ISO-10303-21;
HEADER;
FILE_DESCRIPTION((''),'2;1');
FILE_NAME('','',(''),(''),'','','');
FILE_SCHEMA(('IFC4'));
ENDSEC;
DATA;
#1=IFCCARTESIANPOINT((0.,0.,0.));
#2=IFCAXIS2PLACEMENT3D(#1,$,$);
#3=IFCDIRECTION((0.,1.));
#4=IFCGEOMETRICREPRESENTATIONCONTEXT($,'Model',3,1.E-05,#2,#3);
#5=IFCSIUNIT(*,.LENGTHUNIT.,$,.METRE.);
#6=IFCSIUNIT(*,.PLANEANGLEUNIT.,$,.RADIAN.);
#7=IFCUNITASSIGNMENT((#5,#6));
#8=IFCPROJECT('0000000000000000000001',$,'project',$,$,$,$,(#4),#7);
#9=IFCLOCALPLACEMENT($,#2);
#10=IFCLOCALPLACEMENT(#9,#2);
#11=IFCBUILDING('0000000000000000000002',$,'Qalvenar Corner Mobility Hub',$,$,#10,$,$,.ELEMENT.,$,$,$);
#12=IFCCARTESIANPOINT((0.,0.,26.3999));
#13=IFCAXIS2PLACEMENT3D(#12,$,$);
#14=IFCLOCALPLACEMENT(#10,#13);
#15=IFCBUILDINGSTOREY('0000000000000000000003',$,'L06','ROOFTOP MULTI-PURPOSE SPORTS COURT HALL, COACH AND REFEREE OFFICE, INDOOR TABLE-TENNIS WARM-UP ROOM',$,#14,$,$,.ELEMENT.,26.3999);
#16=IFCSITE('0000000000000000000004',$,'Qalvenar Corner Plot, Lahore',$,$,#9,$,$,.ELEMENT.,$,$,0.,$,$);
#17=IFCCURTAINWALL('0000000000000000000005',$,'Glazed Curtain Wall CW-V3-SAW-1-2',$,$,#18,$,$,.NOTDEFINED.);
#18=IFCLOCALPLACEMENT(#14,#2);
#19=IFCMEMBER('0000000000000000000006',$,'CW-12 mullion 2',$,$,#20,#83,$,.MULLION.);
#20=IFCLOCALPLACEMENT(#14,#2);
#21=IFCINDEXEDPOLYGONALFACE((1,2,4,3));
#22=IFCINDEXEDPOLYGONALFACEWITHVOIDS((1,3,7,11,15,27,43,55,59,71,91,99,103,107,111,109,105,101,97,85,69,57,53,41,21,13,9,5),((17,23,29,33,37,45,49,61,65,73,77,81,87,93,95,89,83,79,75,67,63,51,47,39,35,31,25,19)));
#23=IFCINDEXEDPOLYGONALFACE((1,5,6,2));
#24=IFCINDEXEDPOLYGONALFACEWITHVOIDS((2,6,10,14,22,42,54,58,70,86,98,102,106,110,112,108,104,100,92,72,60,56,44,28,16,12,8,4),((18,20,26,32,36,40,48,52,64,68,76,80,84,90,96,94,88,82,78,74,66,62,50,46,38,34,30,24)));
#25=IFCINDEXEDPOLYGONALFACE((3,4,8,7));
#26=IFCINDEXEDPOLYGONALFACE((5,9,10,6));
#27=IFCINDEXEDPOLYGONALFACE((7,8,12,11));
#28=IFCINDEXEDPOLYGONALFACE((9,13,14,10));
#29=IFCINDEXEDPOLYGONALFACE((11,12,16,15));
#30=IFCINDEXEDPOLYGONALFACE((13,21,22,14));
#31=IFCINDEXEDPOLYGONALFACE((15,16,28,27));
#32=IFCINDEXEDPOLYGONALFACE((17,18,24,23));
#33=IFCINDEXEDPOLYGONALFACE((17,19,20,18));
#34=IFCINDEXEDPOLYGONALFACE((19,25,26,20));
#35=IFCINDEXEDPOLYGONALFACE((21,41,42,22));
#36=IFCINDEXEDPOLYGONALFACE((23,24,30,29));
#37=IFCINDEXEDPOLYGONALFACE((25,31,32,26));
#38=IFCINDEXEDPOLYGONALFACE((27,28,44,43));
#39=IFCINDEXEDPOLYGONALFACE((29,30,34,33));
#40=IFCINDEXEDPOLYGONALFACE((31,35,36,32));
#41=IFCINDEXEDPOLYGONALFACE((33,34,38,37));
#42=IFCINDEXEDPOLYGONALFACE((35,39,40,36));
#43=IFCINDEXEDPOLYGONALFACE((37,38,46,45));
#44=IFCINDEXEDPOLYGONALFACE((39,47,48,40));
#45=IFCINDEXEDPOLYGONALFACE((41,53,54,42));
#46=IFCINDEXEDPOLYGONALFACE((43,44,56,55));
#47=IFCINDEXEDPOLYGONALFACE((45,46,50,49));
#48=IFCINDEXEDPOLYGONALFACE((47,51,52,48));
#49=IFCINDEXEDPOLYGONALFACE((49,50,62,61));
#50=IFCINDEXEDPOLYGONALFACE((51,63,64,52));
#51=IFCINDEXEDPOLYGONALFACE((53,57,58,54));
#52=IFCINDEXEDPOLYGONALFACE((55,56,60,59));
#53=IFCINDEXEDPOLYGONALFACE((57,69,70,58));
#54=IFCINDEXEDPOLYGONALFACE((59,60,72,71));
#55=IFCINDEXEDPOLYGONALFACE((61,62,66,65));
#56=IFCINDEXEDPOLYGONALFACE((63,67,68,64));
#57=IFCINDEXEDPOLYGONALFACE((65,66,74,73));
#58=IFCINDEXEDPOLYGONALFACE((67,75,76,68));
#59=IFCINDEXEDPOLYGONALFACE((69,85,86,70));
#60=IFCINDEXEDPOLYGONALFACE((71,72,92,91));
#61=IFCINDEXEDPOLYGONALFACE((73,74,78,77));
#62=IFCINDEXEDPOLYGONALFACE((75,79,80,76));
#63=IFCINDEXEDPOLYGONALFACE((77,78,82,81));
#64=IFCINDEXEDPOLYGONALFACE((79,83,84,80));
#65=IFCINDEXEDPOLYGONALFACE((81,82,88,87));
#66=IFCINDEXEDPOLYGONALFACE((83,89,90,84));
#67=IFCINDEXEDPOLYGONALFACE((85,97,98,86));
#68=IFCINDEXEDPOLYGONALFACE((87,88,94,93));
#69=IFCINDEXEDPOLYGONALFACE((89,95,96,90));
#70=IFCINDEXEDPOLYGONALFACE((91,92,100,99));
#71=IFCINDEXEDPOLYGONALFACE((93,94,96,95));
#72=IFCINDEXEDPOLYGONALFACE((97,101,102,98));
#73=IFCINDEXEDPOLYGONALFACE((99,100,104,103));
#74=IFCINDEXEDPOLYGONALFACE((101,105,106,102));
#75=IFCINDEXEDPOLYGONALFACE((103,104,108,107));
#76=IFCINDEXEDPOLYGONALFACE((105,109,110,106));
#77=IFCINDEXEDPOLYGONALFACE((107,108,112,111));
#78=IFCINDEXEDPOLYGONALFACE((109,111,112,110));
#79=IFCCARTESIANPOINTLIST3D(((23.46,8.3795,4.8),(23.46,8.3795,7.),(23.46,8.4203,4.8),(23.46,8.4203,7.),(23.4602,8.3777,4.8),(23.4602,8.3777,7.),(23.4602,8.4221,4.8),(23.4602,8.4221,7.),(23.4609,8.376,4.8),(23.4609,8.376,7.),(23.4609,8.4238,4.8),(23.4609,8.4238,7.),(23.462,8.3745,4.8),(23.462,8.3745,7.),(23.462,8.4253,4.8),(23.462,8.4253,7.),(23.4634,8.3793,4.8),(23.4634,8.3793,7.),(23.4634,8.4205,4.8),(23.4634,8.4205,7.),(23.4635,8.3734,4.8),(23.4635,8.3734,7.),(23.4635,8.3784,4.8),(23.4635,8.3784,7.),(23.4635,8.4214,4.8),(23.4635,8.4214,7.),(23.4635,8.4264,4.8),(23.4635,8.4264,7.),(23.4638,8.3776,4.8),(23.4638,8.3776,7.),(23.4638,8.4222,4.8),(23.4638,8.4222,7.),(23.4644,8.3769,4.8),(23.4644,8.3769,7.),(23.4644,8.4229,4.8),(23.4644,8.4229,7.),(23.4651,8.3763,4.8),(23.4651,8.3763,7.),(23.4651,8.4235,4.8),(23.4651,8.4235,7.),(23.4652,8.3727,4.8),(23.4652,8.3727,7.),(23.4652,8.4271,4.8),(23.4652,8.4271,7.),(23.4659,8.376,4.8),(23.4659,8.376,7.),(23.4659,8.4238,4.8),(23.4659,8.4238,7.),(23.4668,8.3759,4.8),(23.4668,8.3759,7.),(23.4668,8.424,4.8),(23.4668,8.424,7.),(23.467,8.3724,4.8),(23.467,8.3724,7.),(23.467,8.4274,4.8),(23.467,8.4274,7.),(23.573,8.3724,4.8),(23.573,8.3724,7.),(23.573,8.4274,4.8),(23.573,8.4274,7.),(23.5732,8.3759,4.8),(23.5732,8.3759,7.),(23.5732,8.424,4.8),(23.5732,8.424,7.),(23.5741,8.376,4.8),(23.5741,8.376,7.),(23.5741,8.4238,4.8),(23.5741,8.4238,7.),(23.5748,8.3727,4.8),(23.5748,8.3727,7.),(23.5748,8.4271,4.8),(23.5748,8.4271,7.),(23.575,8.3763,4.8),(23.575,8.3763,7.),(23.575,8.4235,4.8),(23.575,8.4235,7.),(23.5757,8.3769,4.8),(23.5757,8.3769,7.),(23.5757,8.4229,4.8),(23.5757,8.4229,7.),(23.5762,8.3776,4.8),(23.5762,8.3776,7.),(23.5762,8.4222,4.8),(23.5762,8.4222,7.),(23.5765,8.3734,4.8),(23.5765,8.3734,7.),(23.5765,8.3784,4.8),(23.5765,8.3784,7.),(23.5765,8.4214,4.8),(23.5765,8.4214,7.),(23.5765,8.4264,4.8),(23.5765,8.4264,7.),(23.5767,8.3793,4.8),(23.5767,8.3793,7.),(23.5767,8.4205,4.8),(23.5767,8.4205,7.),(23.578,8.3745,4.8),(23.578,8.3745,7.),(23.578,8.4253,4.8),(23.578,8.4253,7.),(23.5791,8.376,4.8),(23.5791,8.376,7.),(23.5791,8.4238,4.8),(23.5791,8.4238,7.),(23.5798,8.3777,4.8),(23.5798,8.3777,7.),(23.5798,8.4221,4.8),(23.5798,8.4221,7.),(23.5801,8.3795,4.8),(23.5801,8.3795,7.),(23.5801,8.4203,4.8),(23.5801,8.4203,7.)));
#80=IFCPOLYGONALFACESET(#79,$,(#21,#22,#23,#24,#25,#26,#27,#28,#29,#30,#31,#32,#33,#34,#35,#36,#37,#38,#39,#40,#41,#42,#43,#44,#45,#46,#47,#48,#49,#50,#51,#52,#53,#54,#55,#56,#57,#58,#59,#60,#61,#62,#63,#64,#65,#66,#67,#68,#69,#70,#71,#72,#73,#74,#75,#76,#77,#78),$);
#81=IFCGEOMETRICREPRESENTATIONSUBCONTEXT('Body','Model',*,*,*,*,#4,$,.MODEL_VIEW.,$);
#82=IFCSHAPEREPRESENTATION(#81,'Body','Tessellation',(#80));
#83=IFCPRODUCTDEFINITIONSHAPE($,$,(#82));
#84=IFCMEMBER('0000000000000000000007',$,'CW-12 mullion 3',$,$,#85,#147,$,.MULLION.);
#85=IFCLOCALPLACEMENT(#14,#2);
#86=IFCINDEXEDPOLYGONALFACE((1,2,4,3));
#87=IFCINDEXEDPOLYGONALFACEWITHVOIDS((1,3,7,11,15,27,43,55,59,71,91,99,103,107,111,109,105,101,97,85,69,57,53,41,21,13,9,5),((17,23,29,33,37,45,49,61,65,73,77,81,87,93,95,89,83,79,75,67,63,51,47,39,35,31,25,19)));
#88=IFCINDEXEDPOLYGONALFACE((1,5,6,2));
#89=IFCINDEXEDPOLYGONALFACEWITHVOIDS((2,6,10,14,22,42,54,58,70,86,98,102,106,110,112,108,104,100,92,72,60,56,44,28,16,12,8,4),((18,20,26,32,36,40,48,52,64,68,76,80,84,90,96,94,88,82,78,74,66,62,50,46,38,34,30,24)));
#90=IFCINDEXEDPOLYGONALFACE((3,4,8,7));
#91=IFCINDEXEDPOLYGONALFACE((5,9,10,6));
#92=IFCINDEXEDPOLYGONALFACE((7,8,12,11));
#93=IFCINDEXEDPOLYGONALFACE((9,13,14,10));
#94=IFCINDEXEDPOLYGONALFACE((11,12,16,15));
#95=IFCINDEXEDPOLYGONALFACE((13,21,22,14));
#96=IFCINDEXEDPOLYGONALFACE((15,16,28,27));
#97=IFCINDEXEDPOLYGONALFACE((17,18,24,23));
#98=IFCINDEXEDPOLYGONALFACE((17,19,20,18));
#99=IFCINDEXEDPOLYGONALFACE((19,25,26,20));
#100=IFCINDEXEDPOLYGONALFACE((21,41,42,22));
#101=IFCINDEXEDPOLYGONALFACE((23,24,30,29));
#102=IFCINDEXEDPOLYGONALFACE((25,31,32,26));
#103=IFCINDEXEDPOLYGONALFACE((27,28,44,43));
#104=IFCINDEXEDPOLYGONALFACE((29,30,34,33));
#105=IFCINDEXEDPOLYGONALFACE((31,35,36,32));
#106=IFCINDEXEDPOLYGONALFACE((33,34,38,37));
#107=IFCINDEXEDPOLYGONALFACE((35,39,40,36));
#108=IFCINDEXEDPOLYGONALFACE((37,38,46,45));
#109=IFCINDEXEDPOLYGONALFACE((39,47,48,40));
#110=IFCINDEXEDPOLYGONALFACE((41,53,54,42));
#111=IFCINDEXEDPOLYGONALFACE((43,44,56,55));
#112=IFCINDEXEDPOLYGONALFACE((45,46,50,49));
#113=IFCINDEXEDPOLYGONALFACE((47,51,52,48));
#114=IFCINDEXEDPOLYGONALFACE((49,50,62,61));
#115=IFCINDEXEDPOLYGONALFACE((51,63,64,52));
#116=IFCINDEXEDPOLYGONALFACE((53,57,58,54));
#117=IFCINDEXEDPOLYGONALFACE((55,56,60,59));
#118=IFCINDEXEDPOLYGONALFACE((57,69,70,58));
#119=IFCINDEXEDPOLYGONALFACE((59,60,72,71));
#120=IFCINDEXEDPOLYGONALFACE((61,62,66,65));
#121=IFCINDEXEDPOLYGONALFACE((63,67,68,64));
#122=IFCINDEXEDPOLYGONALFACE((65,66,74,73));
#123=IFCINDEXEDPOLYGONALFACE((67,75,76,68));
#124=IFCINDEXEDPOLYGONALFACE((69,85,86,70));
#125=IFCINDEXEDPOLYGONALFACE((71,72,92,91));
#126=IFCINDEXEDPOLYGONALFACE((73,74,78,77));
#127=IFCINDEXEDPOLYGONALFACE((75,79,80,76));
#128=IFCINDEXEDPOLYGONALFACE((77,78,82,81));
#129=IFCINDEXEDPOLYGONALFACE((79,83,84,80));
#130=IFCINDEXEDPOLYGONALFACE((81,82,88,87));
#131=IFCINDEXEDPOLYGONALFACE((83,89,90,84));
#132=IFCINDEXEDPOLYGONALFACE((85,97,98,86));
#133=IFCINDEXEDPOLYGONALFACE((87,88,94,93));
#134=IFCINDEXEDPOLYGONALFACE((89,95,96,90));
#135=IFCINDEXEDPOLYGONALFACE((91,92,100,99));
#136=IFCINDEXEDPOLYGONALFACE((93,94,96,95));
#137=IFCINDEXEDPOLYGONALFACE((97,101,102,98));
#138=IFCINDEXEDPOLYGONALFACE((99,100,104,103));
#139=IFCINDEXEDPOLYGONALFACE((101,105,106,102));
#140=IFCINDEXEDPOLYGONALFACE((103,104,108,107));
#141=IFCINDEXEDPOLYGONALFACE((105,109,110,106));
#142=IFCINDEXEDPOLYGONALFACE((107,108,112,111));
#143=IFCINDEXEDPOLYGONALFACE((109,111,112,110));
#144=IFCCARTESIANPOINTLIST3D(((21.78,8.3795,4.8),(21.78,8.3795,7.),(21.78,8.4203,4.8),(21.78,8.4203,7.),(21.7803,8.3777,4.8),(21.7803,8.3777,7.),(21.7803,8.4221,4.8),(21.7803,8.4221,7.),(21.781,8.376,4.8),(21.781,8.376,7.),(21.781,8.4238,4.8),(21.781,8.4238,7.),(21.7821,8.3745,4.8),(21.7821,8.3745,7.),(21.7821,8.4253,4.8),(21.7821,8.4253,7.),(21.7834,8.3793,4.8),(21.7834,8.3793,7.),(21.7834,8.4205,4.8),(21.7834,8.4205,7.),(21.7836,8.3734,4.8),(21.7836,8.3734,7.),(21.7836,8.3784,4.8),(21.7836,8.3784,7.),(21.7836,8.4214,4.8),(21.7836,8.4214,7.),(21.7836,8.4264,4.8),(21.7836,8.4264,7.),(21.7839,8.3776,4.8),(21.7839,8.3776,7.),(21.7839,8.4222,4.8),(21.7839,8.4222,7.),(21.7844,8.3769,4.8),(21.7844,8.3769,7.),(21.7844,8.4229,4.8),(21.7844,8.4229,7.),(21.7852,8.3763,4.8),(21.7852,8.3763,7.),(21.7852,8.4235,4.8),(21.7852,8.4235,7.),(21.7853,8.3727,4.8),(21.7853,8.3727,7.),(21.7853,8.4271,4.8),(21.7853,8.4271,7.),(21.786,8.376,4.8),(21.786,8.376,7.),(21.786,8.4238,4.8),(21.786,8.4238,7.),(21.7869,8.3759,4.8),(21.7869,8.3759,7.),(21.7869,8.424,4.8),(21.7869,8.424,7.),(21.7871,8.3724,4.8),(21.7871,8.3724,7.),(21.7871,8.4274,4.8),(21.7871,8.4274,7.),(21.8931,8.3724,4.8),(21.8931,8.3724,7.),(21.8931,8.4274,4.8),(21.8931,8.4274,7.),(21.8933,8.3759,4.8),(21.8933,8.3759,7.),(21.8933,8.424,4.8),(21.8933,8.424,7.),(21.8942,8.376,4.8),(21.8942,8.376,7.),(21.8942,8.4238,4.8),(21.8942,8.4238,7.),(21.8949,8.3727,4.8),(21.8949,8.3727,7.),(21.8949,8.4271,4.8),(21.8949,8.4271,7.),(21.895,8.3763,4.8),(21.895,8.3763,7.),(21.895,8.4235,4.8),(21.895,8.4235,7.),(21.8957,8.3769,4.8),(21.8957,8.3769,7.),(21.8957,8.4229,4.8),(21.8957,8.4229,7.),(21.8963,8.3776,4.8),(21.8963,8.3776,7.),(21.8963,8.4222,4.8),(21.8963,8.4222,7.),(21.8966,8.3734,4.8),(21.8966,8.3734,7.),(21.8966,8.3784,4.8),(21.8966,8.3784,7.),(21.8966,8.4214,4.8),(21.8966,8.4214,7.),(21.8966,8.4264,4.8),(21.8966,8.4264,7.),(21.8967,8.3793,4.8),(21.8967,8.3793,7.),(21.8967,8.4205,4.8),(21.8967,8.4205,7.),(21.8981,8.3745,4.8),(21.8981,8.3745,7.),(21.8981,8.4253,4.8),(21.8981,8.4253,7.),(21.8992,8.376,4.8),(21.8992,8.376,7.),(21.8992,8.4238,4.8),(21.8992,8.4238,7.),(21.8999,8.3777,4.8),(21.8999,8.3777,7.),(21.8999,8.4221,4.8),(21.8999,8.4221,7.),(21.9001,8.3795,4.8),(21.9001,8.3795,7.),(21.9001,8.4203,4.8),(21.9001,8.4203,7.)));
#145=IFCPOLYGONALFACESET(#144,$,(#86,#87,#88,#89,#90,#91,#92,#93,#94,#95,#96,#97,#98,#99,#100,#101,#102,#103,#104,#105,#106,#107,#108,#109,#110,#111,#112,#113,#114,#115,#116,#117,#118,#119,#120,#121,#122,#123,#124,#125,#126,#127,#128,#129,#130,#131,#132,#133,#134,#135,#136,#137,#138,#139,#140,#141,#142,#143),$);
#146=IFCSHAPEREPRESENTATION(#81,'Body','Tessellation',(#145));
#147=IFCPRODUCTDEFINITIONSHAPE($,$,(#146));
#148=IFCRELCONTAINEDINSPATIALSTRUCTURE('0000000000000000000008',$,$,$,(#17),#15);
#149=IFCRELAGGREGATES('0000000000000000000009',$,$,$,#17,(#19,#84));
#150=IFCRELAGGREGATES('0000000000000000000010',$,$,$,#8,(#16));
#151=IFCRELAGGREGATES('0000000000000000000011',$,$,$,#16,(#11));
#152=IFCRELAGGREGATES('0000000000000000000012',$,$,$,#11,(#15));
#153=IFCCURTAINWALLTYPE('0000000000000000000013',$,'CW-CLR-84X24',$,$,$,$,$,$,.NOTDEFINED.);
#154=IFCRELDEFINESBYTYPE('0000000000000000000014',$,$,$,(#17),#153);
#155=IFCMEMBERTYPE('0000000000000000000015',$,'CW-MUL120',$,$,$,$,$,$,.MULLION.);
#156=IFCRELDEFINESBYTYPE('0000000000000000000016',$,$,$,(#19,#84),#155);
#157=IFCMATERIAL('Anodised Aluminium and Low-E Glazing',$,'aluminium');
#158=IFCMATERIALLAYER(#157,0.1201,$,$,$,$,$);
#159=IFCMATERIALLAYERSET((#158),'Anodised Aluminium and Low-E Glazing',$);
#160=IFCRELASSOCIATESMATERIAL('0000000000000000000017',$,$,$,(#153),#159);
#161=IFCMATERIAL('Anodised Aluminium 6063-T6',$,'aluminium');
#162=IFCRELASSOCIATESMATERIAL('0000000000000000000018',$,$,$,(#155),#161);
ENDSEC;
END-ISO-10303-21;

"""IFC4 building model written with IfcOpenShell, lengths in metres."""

from ifc_helpers import new_model, si_unit, direction, frame, origin, origin_2d, place, context, subcontext, project, spatial, hollow_rectangle, extrude, material, layer, layer_set, material_profile, profile_set, type_object, element, aggregate, save


model = new_model("IFC4")

# Units and contexts
model_context = context("Model", 3, precision=1e-05, world=origin(), true_north=direction((0.0, 1.0)))
body_context = subcontext(model_context, "Body", "Model", "MODEL_VIEW")
ifc_project = project(units=[si_unit("LENGTHUNIT", "METRE"), si_unit("PLANEANGLEUNIT", "RADIAN")], contexts=[model_context])

# Site, building, storey
site_placement = place(None, origin())
site = spatial("IfcSite", under=ifc_project, at=site_placement, Name="Qalvenar Corner Plot, Lahore", CompositionType="ELEMENT", RefElevation=0.0)
building_placement = place(site_placement, origin())
building = spatial("IfcBuilding", under=site, at=building_placement, Name="Qalvenar Corner Mobility Hub", CompositionType="ELEMENT")
storey_placement = place(building_placement, frame((0.0, 0.0, 26.3999)))
storey = spatial("IfcBuildingStorey", under=building, at=storey_placement, Name="L06", Description="ROOFTOP MULTI-PURPOSE SPORTS COURT HALL, COACH AND REFEREE OFFICE, INDOOR TABLE-TENNIS WARM-UP ROOM", CompositionType="ELEMENT", Elevation=26.3999)

# Curtain wall, members
ifc_material_1 = material(Name="Anodised Aluminium and Low-E Glazing", Category="aluminium")
ifc_layer_1 = layer(ifc_material_1, 0.1201)
ifc_layer_set_1 = layer_set([ifc_layer_1], Name="Anodised Aluminium and Low-E Glazing")
curtain_wall_type = type_object("IfcCurtainWallType", Name="CW-CLR-84X24", PredefinedType="NOTDEFINED", material=ifc_layer_set_1)
curtain_wall_1_placement = place(storey_placement, origin())
curtain_wall_1 = element("IfcCurtainWall", 1, at=curtain_wall_1_placement, inside=storey, type_object=curtain_wall_type, Name="Glazed Curtain Wall CW-V3-SAW-1-2", PredefinedType="NOTDEFINED")
ifc_material_2 = material(Name="Anodised Aluminium 6063-T6", Category="aluminium")
ifc_material_profile_1 = material_profile(ifc_material_2, hollow_rectangle(XDim=0.0549, YDim=0.1201, WallThickness=0.0034, InnerFilletRadius=0.0034, OuterFilletRadius=0.0071, at=origin_2d()), Name="RHS120x55x3.5")
ifc_profile_set_1 = profile_set([ifc_material_profile_1], Name="Anodised Aluminium 6063-T6")
member_type_1 = type_object("IfcMemberType", Name="CW-MUL120", PredefinedType="MULLION", material=ifc_profile_set_1)
member_1_placement = place(storey_placement, frame((23.52, 8.3999, 4.8), z_axis=(0.0, 0.0, 1.0), x_axis=(0.0, -1.0, 0.0)))
member_1 = element("IfcMember", 2, at=member_1_placement, type_object=member_type_1, Name="CW-12 mullion 2", PredefinedType="MULLION", context=body_context, shape_type="SweptSolid", body=[
    extrude(hollow_rectangle(XDim=0.0549, YDim=0.1201, WallThickness=0.0034, InnerFilletRadius=0.0034, OuterFilletRadius=0.0071, at=origin_2d()), origin(), (0.0, 0.0, 1.0), 2.2),
])
member_2_placement = place(storey_placement, frame((21.8401, 8.3999, 4.8), z_axis=(0.0, 0.0, 1.0), x_axis=(0.0, -1.0, 0.0)))
member_2 = element("IfcMember", 3, at=member_2_placement, type_object=member_type_1, Name="CW-12 mullion 3", PredefinedType="MULLION", context=body_context, shape_type="SweptSolid", body=[
    extrude(hollow_rectangle(XDim=0.0549, YDim=0.1201, WallThickness=0.0034, InnerFilletRadius=0.0034, OuterFilletRadius=0.0071, at=origin_2d()), origin(), (0.0, 0.0, 1.0), 2.2),
])

aggregate(curtain_wall_1, [member_1, member_2])

save(model, "model.ifc")
